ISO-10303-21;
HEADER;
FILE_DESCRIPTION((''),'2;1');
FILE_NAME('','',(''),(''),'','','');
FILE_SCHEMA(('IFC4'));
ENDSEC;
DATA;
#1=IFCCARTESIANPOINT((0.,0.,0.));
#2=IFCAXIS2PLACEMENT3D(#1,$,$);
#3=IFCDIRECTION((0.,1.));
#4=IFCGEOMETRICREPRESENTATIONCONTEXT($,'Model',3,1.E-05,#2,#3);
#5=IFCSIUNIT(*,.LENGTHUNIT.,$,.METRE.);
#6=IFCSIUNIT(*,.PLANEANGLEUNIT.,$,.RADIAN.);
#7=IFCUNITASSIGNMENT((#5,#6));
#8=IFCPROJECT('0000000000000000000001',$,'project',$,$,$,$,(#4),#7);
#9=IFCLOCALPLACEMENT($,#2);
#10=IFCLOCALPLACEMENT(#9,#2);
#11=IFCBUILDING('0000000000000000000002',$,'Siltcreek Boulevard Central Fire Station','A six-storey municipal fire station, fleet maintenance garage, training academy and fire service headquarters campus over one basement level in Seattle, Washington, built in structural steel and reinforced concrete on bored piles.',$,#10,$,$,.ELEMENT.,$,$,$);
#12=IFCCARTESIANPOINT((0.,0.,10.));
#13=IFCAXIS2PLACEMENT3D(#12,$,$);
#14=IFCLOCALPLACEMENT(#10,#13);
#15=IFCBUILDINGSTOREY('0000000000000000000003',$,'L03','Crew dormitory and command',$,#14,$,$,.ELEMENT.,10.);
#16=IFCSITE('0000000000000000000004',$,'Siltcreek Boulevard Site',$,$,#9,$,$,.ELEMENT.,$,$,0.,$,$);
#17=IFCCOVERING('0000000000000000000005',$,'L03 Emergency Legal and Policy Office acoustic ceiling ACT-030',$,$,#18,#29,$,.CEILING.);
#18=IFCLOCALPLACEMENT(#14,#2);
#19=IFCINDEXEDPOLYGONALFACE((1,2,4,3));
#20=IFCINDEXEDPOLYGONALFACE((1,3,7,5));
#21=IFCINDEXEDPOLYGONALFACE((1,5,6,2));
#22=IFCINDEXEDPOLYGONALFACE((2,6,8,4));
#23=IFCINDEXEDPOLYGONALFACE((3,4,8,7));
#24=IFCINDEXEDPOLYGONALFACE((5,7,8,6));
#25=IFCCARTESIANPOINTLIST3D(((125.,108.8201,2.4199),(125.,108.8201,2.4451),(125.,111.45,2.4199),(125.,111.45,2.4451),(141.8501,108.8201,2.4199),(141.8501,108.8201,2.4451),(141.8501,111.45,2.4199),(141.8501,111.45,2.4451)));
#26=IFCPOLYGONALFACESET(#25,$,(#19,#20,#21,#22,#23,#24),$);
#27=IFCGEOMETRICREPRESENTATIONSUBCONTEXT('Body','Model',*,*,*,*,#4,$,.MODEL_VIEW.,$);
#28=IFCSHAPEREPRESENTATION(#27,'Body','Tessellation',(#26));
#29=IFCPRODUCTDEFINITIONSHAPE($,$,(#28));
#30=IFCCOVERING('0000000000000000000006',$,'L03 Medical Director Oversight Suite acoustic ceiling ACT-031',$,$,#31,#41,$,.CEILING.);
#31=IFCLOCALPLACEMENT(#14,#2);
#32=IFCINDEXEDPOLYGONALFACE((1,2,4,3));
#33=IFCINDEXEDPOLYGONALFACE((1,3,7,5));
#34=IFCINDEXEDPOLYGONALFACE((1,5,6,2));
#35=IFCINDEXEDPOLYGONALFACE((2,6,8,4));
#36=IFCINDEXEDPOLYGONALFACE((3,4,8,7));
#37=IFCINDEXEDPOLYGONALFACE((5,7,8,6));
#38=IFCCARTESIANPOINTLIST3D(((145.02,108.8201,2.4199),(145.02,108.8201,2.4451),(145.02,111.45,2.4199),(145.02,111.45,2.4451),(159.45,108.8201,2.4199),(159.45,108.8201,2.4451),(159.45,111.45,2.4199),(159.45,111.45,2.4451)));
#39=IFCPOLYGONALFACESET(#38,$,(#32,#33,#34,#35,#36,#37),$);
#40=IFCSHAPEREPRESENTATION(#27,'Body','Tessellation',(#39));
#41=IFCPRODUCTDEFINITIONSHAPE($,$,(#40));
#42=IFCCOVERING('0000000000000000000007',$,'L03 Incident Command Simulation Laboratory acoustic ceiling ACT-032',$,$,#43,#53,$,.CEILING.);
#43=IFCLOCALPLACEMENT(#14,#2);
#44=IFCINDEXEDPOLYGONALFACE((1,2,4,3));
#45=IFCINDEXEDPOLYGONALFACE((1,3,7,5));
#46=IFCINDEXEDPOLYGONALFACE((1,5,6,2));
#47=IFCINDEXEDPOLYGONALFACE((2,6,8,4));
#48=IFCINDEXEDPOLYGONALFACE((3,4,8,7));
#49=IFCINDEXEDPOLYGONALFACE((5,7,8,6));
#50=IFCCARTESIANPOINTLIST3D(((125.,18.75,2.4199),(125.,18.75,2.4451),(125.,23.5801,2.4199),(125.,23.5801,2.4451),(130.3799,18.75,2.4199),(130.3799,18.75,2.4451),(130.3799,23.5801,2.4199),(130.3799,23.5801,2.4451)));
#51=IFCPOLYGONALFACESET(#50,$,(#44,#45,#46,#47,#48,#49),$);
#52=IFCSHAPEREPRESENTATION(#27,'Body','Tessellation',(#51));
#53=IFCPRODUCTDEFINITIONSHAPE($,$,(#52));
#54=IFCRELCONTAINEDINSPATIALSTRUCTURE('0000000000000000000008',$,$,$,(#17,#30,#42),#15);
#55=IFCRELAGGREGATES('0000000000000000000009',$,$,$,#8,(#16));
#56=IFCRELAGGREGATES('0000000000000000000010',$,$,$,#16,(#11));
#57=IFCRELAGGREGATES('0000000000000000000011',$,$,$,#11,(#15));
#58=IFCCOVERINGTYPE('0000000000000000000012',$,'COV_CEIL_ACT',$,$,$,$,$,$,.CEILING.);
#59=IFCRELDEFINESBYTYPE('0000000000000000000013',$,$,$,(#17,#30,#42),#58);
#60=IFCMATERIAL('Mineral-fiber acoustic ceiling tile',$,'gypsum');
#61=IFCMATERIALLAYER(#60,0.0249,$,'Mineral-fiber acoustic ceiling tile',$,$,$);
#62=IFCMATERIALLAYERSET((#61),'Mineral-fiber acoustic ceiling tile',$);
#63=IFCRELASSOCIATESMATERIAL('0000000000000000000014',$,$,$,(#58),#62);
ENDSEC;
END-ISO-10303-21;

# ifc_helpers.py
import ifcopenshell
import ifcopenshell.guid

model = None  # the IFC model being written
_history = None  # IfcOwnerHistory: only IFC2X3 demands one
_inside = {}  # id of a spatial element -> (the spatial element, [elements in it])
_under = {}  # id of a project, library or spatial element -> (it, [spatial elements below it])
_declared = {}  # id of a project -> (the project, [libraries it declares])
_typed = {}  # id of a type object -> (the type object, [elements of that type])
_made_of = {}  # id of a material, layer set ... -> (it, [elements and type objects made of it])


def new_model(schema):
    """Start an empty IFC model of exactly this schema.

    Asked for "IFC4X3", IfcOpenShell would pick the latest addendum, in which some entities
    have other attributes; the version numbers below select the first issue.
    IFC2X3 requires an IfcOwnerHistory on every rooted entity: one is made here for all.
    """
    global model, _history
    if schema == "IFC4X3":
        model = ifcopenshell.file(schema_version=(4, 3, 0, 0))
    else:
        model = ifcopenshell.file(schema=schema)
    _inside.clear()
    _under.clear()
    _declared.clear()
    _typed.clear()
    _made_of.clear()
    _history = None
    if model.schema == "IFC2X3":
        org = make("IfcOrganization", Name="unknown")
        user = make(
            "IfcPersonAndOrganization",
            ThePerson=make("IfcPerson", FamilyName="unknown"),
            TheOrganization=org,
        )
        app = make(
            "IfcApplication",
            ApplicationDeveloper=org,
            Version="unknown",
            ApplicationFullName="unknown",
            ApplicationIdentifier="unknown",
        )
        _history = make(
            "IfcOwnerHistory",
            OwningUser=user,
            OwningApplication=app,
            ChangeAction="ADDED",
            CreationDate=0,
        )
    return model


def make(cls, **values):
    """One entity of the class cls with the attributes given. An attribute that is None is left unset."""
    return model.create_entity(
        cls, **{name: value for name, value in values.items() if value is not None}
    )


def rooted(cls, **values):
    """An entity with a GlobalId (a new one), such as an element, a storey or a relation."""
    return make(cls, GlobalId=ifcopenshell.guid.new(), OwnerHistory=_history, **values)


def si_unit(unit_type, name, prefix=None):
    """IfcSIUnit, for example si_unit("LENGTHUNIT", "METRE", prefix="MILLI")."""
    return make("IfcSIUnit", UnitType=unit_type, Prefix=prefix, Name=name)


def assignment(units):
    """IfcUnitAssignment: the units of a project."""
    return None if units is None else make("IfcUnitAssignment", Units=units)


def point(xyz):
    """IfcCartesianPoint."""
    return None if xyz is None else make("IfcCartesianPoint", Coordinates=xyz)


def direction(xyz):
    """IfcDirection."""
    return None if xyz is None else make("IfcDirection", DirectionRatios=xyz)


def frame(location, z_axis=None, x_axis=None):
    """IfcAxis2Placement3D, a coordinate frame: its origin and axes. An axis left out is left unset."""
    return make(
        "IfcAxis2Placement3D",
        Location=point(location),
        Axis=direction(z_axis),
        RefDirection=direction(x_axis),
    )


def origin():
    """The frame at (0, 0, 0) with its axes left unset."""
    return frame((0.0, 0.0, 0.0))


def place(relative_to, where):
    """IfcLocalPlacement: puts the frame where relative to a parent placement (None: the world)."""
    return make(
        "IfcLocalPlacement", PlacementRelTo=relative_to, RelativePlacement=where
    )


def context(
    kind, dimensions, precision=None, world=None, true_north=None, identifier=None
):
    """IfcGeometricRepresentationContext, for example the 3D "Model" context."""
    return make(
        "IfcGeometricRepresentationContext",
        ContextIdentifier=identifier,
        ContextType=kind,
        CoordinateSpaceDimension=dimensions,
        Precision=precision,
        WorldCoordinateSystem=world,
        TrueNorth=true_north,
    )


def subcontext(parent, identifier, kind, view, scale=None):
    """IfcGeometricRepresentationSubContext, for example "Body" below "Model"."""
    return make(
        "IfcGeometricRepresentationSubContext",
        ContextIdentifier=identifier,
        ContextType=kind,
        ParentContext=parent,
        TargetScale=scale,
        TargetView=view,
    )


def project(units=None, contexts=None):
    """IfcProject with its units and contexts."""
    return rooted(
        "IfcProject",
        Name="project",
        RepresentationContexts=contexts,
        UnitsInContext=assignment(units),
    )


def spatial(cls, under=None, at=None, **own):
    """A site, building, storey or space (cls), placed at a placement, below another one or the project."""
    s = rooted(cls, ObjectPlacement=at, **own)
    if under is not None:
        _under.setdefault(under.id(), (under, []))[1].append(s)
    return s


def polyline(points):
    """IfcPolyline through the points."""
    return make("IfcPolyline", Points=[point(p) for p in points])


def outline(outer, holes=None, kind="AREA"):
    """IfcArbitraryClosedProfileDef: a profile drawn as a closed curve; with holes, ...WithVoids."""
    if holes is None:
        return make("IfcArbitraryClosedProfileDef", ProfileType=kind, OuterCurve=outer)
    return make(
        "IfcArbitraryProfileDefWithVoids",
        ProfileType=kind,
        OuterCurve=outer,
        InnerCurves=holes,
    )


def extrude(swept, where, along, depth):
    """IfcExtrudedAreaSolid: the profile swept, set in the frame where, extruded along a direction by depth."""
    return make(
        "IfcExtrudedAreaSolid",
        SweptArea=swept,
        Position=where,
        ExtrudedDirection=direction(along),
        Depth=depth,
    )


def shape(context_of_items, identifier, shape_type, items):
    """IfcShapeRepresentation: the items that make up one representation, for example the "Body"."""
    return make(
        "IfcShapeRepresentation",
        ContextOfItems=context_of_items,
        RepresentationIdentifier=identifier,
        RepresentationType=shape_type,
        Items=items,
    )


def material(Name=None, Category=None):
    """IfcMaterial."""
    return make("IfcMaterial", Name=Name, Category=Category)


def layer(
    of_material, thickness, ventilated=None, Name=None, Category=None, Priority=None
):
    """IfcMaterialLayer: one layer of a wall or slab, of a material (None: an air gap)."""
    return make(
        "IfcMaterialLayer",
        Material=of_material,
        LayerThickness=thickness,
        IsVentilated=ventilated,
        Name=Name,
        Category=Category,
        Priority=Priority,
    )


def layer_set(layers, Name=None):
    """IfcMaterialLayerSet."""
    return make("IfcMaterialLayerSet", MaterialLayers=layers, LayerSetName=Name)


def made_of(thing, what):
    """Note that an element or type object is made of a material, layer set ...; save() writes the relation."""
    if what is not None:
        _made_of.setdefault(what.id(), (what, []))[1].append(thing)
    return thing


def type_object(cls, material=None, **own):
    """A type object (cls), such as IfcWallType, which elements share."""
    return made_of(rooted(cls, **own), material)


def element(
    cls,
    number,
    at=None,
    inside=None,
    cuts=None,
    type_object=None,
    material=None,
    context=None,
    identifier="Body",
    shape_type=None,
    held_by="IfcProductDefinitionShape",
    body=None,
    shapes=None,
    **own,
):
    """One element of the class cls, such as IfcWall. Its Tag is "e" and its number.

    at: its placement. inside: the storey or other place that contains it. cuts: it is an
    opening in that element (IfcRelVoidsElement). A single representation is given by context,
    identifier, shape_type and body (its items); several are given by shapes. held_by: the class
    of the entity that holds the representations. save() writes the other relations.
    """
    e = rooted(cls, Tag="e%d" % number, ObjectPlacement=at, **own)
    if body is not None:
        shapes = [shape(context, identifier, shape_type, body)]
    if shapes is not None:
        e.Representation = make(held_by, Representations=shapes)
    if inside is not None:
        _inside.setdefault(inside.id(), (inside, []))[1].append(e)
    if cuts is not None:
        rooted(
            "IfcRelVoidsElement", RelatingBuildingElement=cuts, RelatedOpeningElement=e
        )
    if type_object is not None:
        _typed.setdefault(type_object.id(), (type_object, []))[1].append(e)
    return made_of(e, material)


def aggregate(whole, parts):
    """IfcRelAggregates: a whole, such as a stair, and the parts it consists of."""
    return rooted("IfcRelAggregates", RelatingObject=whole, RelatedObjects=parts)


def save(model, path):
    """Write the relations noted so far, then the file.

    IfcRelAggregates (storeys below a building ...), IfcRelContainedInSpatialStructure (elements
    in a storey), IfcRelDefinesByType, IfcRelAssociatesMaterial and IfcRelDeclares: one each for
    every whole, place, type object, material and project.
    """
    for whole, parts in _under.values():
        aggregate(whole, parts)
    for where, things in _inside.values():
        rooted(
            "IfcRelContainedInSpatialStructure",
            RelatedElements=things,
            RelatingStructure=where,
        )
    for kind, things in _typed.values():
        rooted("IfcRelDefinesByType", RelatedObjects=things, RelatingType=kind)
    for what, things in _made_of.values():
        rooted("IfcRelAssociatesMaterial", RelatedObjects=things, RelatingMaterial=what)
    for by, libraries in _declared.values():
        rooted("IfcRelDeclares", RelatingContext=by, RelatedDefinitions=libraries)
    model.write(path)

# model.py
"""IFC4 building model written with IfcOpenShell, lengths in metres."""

from ifc_helpers import new_model, si_unit, direction, frame, origin, place, context, subcontext, project, spatial, polyline, outline, extrude, material, layer, layer_set, type_object, element, save


model = new_model("IFC4")

# Units and contexts
model_context = context("Model", 3, precision=1e-05, world=origin(), true_north=direction((0.0, 1.0)))
body_context = subcontext(model_context, "Body", "Model", "MODEL_VIEW")
ifc_project = project(units=[si_unit("LENGTHUNIT", "METRE"), si_unit("PLANEANGLEUNIT", "RADIAN")], contexts=[model_context])

# Site, building, storey
site_placement = place(None, origin())
site = spatial("IfcSite", under=ifc_project, at=site_placement, Name="Siltcreek Boulevard Site", CompositionType="ELEMENT", RefElevation=0.0)
building_placement = place(site_placement, origin())
building = spatial("IfcBuilding", under=site, at=building_placement, Name="Siltcreek Boulevard Central Fire Station", Description="A six-storey municipal fire station, fleet maintenance garage, training academy and fire service headquarters campus over one basement level in Seattle, Washington, built in structural steel and reinforced concrete on bored piles.", CompositionType="ELEMENT")
storey_placement = place(building_placement, frame((0.0, 0.0, 10.0)))
storey = spatial("IfcBuildingStorey", under=building, at=storey_placement, Name="L03", Description="Crew dormitory and command", CompositionType="ELEMENT", Elevation=10.0)

# Coverings
ifc_material_1 = material(Name="Mineral-fiber acoustic ceiling tile", Category="gypsum")
ifc_layer_1 = layer(ifc_material_1, 0.0249, Name="Mineral-fiber acoustic ceiling tile")
ifc_layer_set_1 = layer_set([ifc_layer_1], Name="Mineral-fiber acoustic ceiling tile")
covering_type = type_object("IfcCoveringType", Name="COV_CEIL_ACT", PredefinedType="CEILING", material=ifc_layer_set_1)
covering_1_placement = place(storey_placement, frame((0.0, 0.0, 2.4199)))
element("IfcCovering", 1, at=covering_1_placement, inside=storey, type_object=covering_type, Name="L03 Emergency Legal and Policy Office acoustic ceiling ACT-030", PredefinedType="CEILING", context=body_context, shape_type="SweptSolid", body=[
    extrude(outline(polyline([(125.0, 108.8201), (141.8501, 108.8201), (141.8501, 111.45), (125.0, 111.45), (125.0, 108.8201)])), origin(), (0.0, 0.0, 1.0), 0.0251),
])
covering_2_placement = place(storey_placement, frame((0.0, 0.0, 2.4199)))
element("IfcCovering", 2, at=covering_2_placement, inside=storey, type_object=covering_type, Name="L03 Medical Director Oversight Suite acoustic ceiling ACT-031", PredefinedType="CEILING", context=body_context, shape_type="SweptSolid", body=[
    extrude(outline(polyline([(145.02, 108.8201), (159.45, 108.8201), (159.45, 111.45), (145.02, 111.45), (145.02, 108.8201)])), origin(), (0.0, 0.0, 1.0), 0.0251),
])
covering_3_placement = place(storey_placement, frame((0.0, 0.0, 2.4199)))
element("IfcCovering", 3, at=covering_3_placement, inside=storey, type_object=covering_type, Name="L03 Incident Command Simulation Laboratory acoustic ceiling ACT-032", PredefinedType="CEILING", context=body_context, shape_type="SweptSolid", body=[
    extrude(outline(polyline([(125.0, 18.75), (130.3799, 18.75), (130.3799, 23.5801), (125.0, 23.5801), (125.0, 18.75)])), origin(), (0.0, 0.0, 1.0), 0.0251),
])

save(model, "model.ifc")
